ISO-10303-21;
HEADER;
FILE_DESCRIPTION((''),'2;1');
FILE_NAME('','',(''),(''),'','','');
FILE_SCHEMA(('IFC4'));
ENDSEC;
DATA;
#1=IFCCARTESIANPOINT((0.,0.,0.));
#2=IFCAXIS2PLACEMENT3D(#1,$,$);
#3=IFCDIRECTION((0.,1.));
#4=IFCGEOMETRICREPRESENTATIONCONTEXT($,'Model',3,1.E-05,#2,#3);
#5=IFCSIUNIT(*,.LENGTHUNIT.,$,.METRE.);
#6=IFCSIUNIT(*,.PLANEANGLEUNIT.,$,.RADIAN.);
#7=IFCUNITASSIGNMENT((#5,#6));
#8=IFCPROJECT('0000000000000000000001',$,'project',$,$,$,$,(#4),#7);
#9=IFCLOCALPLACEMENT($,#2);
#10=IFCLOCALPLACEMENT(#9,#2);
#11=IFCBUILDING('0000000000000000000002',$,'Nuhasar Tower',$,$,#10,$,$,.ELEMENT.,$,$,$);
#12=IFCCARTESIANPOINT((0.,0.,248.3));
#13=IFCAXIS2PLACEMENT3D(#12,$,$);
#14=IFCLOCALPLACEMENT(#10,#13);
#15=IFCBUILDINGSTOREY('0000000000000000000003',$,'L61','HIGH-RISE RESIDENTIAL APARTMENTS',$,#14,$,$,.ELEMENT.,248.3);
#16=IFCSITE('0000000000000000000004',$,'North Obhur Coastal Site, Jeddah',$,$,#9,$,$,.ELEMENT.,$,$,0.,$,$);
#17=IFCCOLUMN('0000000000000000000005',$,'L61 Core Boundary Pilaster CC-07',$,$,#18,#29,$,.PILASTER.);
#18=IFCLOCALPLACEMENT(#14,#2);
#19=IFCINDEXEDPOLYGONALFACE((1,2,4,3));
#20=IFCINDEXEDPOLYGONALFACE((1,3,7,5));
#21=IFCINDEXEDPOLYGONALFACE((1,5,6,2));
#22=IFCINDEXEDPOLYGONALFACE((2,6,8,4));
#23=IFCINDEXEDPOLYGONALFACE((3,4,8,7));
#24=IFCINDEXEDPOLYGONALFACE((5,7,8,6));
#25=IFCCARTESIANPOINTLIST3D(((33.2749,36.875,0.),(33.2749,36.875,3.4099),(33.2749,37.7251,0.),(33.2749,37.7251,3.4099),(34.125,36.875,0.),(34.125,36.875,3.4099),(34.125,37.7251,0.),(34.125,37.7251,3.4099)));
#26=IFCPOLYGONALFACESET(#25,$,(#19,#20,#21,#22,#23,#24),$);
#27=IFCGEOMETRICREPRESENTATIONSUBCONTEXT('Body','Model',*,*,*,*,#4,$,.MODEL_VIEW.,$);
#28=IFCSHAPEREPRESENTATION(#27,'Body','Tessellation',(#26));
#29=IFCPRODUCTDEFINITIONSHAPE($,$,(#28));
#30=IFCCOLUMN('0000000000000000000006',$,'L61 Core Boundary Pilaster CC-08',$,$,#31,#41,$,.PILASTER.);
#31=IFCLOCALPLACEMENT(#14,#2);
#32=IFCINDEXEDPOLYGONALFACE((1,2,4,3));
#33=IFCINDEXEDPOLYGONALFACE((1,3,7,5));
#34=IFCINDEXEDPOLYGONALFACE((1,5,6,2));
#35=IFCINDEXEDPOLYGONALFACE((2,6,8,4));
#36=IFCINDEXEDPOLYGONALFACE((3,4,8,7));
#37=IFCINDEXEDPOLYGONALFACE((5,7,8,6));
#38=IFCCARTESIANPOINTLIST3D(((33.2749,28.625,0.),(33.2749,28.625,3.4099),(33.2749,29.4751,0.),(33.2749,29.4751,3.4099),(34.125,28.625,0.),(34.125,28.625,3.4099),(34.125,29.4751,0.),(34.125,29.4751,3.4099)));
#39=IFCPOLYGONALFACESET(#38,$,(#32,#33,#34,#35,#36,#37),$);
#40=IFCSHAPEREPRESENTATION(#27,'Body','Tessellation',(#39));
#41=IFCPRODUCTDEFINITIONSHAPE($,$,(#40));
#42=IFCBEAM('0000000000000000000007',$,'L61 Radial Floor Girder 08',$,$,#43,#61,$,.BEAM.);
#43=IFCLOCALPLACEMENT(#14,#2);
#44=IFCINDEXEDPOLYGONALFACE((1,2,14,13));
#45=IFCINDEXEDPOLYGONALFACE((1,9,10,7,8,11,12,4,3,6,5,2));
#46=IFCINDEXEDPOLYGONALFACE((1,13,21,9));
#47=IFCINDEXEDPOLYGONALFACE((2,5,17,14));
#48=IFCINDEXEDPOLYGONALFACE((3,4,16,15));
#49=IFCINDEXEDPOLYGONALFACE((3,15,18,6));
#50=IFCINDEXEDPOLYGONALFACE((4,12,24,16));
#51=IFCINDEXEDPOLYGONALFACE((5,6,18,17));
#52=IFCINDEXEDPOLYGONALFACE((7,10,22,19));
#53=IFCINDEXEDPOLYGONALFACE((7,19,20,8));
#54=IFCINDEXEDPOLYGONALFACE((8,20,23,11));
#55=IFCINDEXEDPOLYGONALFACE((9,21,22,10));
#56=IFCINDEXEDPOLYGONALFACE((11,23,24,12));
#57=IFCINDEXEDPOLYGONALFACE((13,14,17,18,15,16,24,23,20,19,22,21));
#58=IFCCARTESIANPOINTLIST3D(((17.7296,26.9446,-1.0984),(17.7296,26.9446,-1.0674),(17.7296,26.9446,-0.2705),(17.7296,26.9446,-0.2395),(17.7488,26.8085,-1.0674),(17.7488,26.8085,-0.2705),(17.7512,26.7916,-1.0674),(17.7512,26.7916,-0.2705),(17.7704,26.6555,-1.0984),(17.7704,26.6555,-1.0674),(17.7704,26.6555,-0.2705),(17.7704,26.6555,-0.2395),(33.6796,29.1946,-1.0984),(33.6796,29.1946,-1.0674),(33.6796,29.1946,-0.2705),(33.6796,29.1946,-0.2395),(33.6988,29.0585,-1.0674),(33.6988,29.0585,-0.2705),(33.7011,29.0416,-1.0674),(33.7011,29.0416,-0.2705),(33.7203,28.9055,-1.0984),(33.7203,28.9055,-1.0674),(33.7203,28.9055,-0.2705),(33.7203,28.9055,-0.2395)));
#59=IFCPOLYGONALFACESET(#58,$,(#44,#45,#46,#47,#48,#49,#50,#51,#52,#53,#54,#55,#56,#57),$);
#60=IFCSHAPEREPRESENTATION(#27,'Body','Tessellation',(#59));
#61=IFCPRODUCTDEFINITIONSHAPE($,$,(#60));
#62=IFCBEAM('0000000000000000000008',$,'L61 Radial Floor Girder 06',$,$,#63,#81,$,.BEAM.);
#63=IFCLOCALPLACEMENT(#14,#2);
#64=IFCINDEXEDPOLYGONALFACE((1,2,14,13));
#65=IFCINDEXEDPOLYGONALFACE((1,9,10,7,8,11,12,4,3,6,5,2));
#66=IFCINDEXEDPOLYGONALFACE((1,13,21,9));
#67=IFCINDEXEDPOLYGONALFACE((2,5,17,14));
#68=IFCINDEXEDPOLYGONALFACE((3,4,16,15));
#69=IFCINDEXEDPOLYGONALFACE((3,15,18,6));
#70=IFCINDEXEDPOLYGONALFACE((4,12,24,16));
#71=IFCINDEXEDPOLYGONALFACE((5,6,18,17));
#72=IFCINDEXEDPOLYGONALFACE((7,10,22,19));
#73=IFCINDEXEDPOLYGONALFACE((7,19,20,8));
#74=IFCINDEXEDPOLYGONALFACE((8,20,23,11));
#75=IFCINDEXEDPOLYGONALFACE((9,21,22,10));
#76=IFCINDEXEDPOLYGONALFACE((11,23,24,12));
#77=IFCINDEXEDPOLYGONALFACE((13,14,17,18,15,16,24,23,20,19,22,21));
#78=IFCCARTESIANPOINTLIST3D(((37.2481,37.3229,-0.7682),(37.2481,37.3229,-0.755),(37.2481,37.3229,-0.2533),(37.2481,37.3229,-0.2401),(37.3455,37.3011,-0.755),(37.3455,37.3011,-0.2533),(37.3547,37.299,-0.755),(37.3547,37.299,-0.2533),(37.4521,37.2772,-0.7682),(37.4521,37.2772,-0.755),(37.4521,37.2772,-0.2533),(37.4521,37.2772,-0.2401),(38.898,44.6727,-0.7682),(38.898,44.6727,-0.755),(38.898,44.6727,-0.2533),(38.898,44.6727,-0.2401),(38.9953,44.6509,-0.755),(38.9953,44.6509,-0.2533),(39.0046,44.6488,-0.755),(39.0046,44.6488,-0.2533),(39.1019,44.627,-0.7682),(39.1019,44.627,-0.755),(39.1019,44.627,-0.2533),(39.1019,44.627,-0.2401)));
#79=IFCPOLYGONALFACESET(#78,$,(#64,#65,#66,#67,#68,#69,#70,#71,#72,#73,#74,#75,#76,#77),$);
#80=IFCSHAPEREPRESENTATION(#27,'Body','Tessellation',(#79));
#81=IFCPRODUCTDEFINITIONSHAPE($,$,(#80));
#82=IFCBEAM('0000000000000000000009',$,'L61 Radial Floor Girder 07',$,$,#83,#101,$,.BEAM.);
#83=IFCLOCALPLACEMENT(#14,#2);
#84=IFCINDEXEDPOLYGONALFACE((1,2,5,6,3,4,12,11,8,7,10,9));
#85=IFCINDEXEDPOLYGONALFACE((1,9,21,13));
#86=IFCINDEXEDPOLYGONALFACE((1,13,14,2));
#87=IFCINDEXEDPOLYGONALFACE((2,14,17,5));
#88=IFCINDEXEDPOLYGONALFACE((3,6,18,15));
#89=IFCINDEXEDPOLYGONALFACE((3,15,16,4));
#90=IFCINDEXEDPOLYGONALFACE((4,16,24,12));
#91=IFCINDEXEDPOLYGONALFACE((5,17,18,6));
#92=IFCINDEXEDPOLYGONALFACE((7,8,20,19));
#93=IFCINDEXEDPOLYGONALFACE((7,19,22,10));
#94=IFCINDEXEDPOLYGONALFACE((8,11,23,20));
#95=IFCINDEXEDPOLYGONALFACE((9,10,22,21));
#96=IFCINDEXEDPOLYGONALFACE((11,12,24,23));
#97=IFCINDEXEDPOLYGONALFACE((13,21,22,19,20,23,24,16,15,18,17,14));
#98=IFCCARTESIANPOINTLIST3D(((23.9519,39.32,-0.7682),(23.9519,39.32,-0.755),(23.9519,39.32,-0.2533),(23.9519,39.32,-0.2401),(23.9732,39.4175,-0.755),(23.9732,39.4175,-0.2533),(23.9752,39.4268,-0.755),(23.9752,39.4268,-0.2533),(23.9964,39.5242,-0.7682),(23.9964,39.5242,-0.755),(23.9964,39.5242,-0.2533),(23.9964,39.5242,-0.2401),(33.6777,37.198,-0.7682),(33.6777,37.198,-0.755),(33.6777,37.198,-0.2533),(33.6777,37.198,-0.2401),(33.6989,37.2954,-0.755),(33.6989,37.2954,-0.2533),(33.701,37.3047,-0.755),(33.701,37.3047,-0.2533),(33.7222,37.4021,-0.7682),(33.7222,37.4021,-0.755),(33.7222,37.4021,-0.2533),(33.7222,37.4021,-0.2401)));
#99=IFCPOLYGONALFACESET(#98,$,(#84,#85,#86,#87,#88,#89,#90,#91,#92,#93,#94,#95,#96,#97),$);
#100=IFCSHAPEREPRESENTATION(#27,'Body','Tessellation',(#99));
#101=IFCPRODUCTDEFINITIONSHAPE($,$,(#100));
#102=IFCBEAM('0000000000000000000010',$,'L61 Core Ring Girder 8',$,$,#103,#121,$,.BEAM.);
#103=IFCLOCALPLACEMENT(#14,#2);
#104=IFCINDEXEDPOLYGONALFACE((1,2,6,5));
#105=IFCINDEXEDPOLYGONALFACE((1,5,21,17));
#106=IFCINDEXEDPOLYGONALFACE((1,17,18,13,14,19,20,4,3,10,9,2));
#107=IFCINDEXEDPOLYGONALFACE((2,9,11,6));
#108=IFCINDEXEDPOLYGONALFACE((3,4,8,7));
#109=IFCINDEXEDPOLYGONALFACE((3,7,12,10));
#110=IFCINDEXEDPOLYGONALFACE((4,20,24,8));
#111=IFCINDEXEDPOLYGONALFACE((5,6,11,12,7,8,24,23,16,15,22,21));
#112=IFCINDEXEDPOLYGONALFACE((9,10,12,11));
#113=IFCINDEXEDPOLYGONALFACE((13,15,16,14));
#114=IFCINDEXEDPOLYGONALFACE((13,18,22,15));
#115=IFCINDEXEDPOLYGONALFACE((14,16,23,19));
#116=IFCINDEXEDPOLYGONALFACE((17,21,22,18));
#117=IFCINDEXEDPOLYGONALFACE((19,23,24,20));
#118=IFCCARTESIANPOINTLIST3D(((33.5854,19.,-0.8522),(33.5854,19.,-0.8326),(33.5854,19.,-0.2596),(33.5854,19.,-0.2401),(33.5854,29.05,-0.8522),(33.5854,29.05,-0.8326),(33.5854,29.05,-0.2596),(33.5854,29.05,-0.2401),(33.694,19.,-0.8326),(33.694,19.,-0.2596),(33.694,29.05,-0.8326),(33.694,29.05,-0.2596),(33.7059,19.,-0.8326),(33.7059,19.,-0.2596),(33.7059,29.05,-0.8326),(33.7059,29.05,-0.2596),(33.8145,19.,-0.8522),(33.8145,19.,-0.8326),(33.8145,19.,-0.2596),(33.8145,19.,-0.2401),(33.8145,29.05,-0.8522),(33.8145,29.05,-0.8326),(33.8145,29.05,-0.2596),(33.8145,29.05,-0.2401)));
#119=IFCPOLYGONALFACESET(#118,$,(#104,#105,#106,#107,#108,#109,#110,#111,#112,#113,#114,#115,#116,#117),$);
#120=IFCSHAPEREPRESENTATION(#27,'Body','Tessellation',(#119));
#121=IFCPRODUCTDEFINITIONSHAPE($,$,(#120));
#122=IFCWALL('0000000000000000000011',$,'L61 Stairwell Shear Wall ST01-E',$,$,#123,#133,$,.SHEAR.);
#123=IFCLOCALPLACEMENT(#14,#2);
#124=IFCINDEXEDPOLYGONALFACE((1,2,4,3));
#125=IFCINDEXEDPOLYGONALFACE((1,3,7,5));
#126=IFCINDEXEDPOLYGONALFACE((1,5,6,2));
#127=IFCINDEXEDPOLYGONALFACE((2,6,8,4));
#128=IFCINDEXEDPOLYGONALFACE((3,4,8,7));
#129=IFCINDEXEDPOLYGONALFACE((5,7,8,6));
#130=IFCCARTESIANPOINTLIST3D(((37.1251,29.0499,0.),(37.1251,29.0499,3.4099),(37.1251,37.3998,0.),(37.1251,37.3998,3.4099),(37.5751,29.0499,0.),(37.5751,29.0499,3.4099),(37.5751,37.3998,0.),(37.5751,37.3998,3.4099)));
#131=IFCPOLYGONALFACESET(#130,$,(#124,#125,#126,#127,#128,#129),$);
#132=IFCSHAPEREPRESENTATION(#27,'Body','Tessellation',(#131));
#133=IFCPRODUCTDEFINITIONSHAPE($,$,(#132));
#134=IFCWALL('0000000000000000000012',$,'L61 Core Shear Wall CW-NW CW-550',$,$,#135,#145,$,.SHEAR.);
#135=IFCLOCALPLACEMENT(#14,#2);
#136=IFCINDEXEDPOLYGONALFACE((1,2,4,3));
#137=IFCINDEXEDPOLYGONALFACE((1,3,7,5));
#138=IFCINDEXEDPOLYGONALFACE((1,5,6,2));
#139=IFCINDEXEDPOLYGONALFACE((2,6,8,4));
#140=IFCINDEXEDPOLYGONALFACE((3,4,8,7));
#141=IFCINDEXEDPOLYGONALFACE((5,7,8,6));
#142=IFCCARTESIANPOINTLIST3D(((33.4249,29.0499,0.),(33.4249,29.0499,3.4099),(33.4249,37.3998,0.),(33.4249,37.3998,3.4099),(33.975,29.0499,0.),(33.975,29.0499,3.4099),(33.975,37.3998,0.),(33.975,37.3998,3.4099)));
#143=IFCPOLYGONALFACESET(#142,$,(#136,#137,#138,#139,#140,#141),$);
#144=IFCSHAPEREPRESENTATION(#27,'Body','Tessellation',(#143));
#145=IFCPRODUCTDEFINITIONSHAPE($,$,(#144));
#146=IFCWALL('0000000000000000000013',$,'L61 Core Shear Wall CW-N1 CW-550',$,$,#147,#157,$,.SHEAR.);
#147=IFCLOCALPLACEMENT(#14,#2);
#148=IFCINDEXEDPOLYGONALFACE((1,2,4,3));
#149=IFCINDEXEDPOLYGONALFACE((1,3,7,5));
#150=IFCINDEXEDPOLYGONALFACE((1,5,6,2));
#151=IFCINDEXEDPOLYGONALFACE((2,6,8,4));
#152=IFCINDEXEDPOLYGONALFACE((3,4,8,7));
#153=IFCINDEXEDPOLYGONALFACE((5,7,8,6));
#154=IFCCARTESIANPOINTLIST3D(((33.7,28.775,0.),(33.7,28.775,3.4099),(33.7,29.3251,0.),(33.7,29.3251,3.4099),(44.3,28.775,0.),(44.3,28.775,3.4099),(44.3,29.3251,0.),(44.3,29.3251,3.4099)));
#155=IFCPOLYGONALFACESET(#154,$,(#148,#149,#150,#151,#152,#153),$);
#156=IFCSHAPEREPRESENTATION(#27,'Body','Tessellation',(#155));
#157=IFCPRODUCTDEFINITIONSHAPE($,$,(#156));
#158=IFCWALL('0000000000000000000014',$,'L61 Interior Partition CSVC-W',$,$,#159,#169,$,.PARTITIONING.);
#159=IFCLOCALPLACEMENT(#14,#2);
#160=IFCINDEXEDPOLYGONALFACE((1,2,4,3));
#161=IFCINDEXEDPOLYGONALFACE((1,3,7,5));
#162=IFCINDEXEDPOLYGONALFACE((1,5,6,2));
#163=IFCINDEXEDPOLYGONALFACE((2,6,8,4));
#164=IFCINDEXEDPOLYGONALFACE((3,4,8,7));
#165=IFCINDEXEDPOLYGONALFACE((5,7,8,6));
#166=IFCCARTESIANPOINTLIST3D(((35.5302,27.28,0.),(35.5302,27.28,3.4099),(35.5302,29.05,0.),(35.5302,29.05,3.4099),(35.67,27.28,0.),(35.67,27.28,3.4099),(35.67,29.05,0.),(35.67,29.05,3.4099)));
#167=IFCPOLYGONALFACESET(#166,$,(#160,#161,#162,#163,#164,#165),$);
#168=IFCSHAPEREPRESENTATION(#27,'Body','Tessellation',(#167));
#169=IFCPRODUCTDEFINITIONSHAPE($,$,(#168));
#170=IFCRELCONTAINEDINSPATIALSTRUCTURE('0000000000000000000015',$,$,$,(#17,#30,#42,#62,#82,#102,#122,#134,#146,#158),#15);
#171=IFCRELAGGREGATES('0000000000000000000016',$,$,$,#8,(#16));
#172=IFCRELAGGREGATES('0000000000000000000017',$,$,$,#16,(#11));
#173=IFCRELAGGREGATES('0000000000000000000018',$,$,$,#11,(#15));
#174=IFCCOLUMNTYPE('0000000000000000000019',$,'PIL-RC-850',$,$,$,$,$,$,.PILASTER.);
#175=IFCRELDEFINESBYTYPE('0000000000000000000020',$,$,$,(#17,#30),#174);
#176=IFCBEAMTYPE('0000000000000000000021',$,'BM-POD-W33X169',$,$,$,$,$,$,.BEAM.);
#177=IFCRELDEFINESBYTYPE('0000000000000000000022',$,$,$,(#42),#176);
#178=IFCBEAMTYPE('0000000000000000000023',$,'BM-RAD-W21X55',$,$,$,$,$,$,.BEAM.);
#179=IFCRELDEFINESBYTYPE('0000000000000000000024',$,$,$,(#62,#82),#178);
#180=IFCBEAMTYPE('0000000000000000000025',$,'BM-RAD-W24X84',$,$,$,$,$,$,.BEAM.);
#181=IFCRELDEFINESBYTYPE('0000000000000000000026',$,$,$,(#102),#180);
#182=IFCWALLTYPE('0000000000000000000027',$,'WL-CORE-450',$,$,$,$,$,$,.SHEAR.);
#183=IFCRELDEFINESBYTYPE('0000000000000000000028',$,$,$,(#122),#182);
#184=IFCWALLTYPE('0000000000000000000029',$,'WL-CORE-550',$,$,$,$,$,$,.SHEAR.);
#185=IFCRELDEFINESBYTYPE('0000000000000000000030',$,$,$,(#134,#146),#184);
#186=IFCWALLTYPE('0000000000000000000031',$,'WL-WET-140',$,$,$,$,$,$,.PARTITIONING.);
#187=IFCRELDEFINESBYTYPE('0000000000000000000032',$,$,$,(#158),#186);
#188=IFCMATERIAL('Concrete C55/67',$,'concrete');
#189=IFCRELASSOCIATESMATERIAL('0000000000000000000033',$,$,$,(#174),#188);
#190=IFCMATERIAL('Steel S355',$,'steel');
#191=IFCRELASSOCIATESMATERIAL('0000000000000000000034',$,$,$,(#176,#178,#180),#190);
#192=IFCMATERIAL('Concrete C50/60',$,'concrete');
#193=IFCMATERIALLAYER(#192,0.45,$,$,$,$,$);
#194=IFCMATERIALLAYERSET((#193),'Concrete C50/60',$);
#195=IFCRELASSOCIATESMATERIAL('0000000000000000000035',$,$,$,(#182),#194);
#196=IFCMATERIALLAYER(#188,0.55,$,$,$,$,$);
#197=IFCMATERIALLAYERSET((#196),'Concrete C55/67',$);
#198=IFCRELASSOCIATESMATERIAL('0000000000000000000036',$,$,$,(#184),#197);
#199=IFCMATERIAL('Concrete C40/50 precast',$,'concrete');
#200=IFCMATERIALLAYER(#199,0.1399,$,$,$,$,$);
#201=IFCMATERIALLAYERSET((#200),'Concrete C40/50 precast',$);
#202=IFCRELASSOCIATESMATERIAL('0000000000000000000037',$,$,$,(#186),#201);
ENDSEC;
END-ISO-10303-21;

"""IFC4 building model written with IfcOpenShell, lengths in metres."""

from ifc_helpers import new_model, si_unit, direction, frame, frame_2d, origin, origin_2d, place, context, subcontext, project, spatial, rectangle, i_section, extrude, material, layer, layer_set, material_profile, profile_set, type_object, element, save


model = new_model("IFC4")

# Units and contexts
model_context = context("Model", 3, precision=1e-05, world=origin(), true_north=direction((0.0, 1.0)))
body_context = subcontext(model_context, "Body", "Model", "MODEL_VIEW")
ifc_project = project(units=[si_unit("LENGTHUNIT", "METRE"), si_unit("PLANEANGLEUNIT", "RADIAN")], contexts=[model_context])

# Site, building, storey
site_placement = place(None, origin())
site = spatial("IfcSite", under=ifc_project, at=site_placement, Name="North Obhur Coastal Site, Jeddah", CompositionType="ELEMENT", RefElevation=0.0)
building_placement = place(site_placement, origin())
building = spatial("IfcBuilding", under=site, at=building_placement, Name="Nuhasar Tower", CompositionType="ELEMENT")
storey_placement = place(building_placement, frame((0.0, 0.0, 248.3)))
storey = spatial("IfcBuildingStorey", under=building, at=storey_placement, Name="L61", Description="HIGH-RISE RESIDENTIAL APARTMENTS", CompositionType="ELEMENT", Elevation=248.3)

# Columns
ifc_material_1 = material(Name="Concrete C55/67", Category="concrete")
ifc_material_profile_1 = material_profile(ifc_material_1, rectangle(XDim=0.8501, YDim=0.8501, at=origin_2d()), Name="RC850X850")
ifc_profile_set_1 = profile_set([ifc_material_profile_1], Name="Concrete C55/67")
column_type = type_object("IfcColumnType", Name="PIL-RC-850", PredefinedType="PILASTER", material=ifc_profile_set_1)
for number, where, z_axis, x_axis, name in (
    (1, (33.7, 37.3, 0.0), (0.0, 0.0, 1.0), (1.0, 0.0, 0.0), "L61 Core Boundary Pilaster CC-07"),
    (2, (33.7, 29.05, 0.0), (0.0, 0.0, 1.0), (1.0, 0.0, 0.0), "L61 Core Boundary Pilaster CC-08"),
):
    element("IfcColumn", number, at=place(storey_placement, frame(where, z_axis=z_axis, x_axis=x_axis)), inside=storey, type_object=column_type, Name=name, PredefinedType="PILASTER", context=body_context, shape_type="SweptSolid", body=[
        extrude(rectangle(XDim=0.8501, YDim=0.8501, at=origin_2d()), origin(), (0.0, 0.0, 1.0), 3.4099),
    ])

# Beams
ifc_material_2 = material(Name="Steel S355", Category="steel")
ifc_material_profile_2 = material_profile(ifc_material_2, i_section(OverallWidth=0.292, OverallDepth=0.8589, WebThickness=0.0171, FlangeThickness=0.031, at=origin_2d()), Name="W33X169")
ifc_profile_set_2 = profile_set([ifc_material_profile_2], Name="Steel S355")
beam_type_1 = type_object("IfcBeamType", Name="BM-POD-W33X169", PredefinedType="BEAM", material=ifc_profile_set_2)
beam_1_placement = place(storey_placement, frame((33.7, 29.05, -0.6689), z_axis=(-0.990196, -0.139683, 0.0), x_axis=(0.139683, -0.990196, 0.0)))
element("IfcBeam", 3, at=beam_1_placement, inside=storey, type_object=beam_type_1, Name="L61 Radial Floor Girder 08", PredefinedType="BEAM", context=body_context, shape_type="SweptSolid", body=[
    extrude(i_section(OverallWidth=0.292, OverallDepth=0.8589, WebThickness=0.0171, FlangeThickness=0.031, at=origin_2d()), origin(), (0.0, 0.0, 1.0), 16.1079),
])
ifc_material_profile_3 = material_profile(ifc_material_2, i_section(OverallWidth=0.209, OverallDepth=0.5281, WebThickness=0.0095, FlangeThickness=0.0132, at=origin_2d()), Name="W21X55")
ifc_profile_set_3 = profile_set([ifc_material_profile_3], Name="Steel S355")
beam_type_2 = type_object("IfcBeamType", Name="BM-RAD-W21X55", PredefinedType="BEAM", material=ifc_profile_set_3)
beam_2_placement = place(storey_placement, frame((37.3501, 37.3, -0.5042), z_axis=(0.21903, 0.975718, 0.0), x_axis=(-0.975718, 0.21903, 0.0)))
element("IfcBeam", 4, at=beam_2_placement, inside=storey, type_object=beam_type_2, Name="L61 Radial Floor Girder 06", PredefinedType="BEAM", context=body_context, shape_type="SweptSolid", body=[
    extrude(i_section(OverallWidth=0.209, OverallDepth=0.5281, WebThickness=0.0095, FlangeThickness=0.0132, at=origin_2d()), origin(), (0.0, 0.0, 1.0), 7.5327),
])
beam_3_placement = place(storey_placement, frame((33.7, 37.3, -0.5042), z_axis=(-0.977014, 0.213174, 0.0), x_axis=(-0.213174, -0.977014, 0.0)))
element("IfcBeam", 5, at=beam_3_placement, inside=storey, type_object=beam_type_2, Name="L61 Radial Floor Girder 07", PredefinedType="BEAM", context=body_context, shape_type="SweptSolid", body=[
    extrude(i_section(OverallWidth=0.209, OverallDepth=0.5281, WebThickness=0.0095, FlangeThickness=0.0132, at=origin_2d()), origin(), (0.0, 0.0, 1.0), 9.9546),
])
ifc_material_profile_4 = material_profile(ifc_material_2, i_section(OverallWidth=0.229, OverallDepth=0.6121, WebThickness=0.012, FlangeThickness=0.0195, at=origin_2d()), Name="W24X84")
ifc_profile_set_4 = profile_set([ifc_material_profile_4], Name="Steel S355")
beam_type_3 = type_object("IfcBeamType", Name="BM-RAD-W24X84", PredefinedType="BEAM", material=ifc_profile_set_4)
beam_4_placement = place(storey_placement, frame((33.7, 29.05, -0.5461), z_axis=(0.0, -1.0, 0.0), x_axis=(1.0, 0.0, 0.0)))
element("IfcBeam", 6, at=beam_4_placement, inside=storey, type_object=beam_type_3, Name="L61 Core Ring Girder 8", PredefinedType="BEAM", context=body_context, shape_type="SweptSolid", body=[
    extrude(i_section(OverallWidth=0.229, OverallDepth=0.6121, WebThickness=0.012, FlangeThickness=0.0195, at=origin_2d()), origin(), (0.0, 0.0, 1.0), 10.05),
])

# Walls
ifc_material_3 = material(Name="Concrete C50/60", Category="concrete")
ifc_layer_1 = layer(ifc_material_3, 0.45)
ifc_layer_set_1 = layer_set([ifc_layer_1], Name="Concrete C50/60")
wall_type_1 = type_object("IfcWallType", Name="WL-CORE-450", PredefinedType="SHEAR", material=ifc_layer_set_1)
wall_1_placement = place(storey_placement, frame((37.3501, 29.05, 0.0), z_axis=(0.0, 0.0, 1.0), x_axis=(0.0, 1.0, 0.0)))
element("IfcWall", 7, at=wall_1_placement, inside=storey, type_object=wall_type_1, Name="L61 Stairwell Shear Wall ST01-E", PredefinedType="SHEAR", context=body_context, shape_type="SweptSolid", body=[
    extrude(rectangle(XDim=8.3499, YDim=0.45, at=frame_2d((4.1748, 0.0))), origin(), (0.0, 0.0, 1.0), 3.4099),
])
ifc_layer_2 = layer(ifc_material_1, 0.55)
ifc_layer_set_2 = layer_set([ifc_layer_2], Name="Concrete C55/67")
wall_type_2 = type_object("IfcWallType", Name="WL-CORE-550", PredefinedType="SHEAR", material=ifc_layer_set_2)
wall_2_placement = place(storey_placement, frame((33.7, 29.05, 0.0), z_axis=(0.0, 0.0, 1.0), x_axis=(0.0, 1.0, 0.0)))
element("IfcWall", 8, at=wall_2_placement, inside=storey, type_object=wall_type_2, Name="L61 Core Shear Wall CW-NW CW-550", PredefinedType="SHEAR", context=body_context, shape_type="SweptSolid", body=[
    extrude(rectangle(XDim=8.3499, YDim=0.55, at=frame_2d((4.1748, 0.0))), origin(), (0.0, 0.0, 1.0), 3.4099),
])
wall_3_placement = place(storey_placement, frame((33.7, 29.05, 0.0), z_axis=(0.0, 0.0, 1.0), x_axis=(1.0, 0.0, 0.0)))
element("IfcWall", 9, at=wall_3_placement, inside=storey, type_object=wall_type_2, Name="L61 Core Shear Wall CW-N1 CW-550", PredefinedType="SHEAR", context=body_context, shape_type="SweptSolid", body=[
    extrude(rectangle(XDim=10.6001, YDim=0.55, at=frame_2d((5.3, 0.0))), origin(), (0.0, 0.0, 1.0), 3.4099),
])
ifc_material_4 = material(Name="Concrete C40/50 precast", Category="concrete")
ifc_layer_3 = layer(ifc_material_4, 0.1399)
ifc_layer_set_3 = layer_set([ifc_layer_3], Name="Concrete C40/50 precast")
wall_type_3 = type_object("IfcWallType", Name="WL-WET-140", PredefinedType="PARTITIONING", material=ifc_layer_set_3)
wall_4_placement = place(storey_placement, frame((35.6001, 27.28, 0.0), z_axis=(0.0, 0.0, 1.0), x_axis=(0.0, 1.0, 0.0)))
element("IfcWall", 10, at=wall_4_placement, inside=storey, type_object=wall_type_3, Name="L61 Interior Partition CSVC-W", PredefinedType="PARTITIONING", context=body_context, shape_type="SweptSolid", body=[
    extrude(rectangle(XDim=1.77, YDim=0.1399, at=frame_2d((0.885, 0.0))), origin(), (0.0, 0.0, 1.0), 3.4099),
])

save(model, "model.ifc")
